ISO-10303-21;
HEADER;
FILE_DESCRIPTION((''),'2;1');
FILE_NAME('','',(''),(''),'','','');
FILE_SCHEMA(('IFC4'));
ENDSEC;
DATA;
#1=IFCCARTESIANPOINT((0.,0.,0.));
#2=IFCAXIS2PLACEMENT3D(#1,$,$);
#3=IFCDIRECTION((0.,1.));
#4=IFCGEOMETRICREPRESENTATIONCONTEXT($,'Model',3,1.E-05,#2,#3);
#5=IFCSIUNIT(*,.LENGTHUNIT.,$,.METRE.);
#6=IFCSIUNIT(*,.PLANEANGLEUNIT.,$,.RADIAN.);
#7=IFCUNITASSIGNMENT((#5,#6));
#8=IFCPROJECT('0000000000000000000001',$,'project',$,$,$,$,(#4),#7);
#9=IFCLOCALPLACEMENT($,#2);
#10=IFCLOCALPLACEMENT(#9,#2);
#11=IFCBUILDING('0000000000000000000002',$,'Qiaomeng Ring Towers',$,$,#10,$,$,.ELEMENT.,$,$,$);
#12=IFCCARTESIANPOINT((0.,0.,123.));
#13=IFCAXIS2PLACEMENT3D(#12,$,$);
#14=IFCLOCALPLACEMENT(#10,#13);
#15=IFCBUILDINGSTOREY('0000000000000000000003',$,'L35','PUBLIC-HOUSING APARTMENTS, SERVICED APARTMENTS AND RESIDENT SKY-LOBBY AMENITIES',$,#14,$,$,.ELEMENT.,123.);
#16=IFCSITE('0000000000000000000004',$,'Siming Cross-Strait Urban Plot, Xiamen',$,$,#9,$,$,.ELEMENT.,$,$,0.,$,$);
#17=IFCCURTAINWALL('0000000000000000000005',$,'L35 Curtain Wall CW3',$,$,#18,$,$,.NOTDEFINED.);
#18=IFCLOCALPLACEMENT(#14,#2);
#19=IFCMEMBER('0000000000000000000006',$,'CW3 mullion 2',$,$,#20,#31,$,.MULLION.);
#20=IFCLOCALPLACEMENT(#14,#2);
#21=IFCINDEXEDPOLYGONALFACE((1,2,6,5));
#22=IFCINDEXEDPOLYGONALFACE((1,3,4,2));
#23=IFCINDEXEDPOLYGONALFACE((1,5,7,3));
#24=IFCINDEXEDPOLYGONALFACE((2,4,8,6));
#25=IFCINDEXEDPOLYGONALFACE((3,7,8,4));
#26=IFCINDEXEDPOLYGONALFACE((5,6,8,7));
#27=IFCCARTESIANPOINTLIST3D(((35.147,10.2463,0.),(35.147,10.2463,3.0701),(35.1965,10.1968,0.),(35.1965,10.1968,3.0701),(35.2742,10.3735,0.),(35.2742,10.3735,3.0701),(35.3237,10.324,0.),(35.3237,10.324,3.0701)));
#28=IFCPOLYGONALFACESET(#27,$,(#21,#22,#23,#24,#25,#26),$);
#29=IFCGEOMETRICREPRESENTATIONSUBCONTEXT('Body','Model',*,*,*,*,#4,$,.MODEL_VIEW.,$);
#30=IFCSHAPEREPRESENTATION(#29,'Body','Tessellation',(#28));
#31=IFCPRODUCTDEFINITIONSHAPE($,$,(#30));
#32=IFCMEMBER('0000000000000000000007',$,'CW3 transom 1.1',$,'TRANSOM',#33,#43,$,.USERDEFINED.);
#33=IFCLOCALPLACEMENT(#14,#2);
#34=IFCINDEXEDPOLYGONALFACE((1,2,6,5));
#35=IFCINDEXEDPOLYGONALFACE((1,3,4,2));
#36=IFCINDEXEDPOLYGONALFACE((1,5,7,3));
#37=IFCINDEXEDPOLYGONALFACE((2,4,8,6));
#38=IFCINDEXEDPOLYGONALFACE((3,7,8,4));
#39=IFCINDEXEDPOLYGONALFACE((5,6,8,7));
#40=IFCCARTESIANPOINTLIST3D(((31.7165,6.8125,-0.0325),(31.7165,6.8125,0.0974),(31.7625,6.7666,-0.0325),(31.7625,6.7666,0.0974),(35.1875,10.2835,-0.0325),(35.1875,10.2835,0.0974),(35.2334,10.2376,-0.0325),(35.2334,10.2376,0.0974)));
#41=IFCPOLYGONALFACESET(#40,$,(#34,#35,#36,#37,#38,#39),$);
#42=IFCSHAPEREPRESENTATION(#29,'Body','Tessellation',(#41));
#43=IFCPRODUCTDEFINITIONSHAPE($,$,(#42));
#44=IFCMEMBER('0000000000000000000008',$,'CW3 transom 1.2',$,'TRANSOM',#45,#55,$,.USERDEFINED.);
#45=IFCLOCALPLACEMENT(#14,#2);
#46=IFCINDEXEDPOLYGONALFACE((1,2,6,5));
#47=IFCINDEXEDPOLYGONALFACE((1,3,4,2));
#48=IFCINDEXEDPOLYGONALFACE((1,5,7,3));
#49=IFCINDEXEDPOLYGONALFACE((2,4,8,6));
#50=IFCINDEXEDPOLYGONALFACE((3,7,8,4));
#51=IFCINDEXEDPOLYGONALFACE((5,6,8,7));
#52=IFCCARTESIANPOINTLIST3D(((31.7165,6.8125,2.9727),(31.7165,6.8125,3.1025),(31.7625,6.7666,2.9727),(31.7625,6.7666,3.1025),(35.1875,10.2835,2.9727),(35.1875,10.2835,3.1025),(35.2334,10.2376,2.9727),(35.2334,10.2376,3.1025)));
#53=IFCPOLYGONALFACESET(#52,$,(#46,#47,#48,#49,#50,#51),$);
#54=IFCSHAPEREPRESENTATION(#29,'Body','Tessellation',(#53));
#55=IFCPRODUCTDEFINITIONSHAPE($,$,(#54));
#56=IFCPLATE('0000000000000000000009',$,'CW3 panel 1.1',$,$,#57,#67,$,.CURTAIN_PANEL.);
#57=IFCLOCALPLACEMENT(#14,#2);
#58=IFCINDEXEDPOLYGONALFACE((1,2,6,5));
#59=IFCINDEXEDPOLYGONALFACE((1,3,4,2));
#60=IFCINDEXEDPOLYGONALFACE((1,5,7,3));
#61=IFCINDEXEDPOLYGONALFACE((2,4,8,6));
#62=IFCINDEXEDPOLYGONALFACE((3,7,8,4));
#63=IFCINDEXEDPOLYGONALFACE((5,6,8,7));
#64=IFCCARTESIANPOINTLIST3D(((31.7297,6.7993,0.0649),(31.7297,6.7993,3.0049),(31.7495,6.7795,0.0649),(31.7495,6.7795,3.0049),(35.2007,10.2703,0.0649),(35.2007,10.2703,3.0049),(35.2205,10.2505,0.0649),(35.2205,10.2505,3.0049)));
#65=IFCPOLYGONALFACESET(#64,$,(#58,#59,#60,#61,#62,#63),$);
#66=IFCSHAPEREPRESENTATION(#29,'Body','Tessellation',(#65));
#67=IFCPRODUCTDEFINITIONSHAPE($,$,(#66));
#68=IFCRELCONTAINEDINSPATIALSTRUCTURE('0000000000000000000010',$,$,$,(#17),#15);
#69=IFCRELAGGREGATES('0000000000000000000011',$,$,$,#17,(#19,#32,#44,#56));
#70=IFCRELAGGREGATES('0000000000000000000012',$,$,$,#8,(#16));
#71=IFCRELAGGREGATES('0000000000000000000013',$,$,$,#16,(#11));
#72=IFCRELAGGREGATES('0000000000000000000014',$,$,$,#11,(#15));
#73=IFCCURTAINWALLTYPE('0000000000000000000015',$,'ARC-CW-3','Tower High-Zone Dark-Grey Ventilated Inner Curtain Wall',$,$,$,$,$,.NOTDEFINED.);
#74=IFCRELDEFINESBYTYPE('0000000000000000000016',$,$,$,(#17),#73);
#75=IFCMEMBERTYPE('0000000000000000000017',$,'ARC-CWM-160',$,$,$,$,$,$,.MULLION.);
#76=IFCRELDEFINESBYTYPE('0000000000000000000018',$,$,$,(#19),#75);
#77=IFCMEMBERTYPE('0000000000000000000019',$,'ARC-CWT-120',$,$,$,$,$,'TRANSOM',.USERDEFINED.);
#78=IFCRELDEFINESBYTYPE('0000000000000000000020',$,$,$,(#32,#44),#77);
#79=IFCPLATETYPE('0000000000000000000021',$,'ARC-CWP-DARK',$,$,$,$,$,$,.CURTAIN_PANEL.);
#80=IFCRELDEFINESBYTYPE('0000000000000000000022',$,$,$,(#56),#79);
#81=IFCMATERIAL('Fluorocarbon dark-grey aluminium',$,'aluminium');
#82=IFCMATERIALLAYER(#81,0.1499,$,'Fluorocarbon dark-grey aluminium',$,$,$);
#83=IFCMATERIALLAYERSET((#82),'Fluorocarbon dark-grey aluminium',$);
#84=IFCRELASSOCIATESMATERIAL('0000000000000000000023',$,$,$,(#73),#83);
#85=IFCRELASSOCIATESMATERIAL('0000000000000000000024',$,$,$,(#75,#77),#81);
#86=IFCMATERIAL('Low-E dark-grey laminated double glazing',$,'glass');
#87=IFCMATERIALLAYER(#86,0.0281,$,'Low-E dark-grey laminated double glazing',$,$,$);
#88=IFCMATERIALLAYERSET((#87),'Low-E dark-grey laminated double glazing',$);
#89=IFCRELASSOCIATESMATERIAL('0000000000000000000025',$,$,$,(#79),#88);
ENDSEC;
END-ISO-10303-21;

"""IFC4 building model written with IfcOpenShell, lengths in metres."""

from ifc_helpers import new_model, si_unit, direction, frame, origin, origin_2d, place, context, subcontext, project, spatial, rectangle, extrude, source, transform, mapped, material, layer, layer_set, material_profile, profile_set, type_object, element, aggregate, save


model = new_model("IFC4")

# Units and contexts
model_context = context("Model", 3, precision=1e-05, world=origin(), true_north=direction((0.0, 1.0)))
body_context = subcontext(model_context, "Body", "Model", "MODEL_VIEW")
ifc_project = project(units=[si_unit("LENGTHUNIT", "METRE"), si_unit("PLANEANGLEUNIT", "RADIAN")], contexts=[model_context])

# Site, building, storey
site_placement = place(None, origin())
site = spatial("IfcSite", under=ifc_project, at=site_placement, Name="Siming Cross-Strait Urban Plot, Xiamen", CompositionType="ELEMENT", RefElevation=0.0)
building_placement = place(site_placement, origin())
building = spatial("IfcBuilding", under=site, at=building_placement, Name="Qiaomeng Ring Towers", CompositionType="ELEMENT")
storey_placement = place(building_placement, frame((0.0, 0.0, 123.0)))
storey = spatial("IfcBuildingStorey", under=building, at=storey_placement, Name="L35", Description="PUBLIC-HOUSING APARTMENTS, SERVICED APARTMENTS AND RESIDENT SKY-LOBBY AMENITIES", CompositionType="ELEMENT", Elevation=123.0)

# Curtain wall, members, plate
ifc_material_1 = material(Name="Fluorocarbon dark-grey aluminium", Category="aluminium")
ifc_layer_1 = layer(ifc_material_1, 0.1499, Name="Fluorocarbon dark-grey aluminium")
ifc_layer_set_1 = layer_set([ifc_layer_1], Name="Fluorocarbon dark-grey aluminium")
curtain_wall_type = type_object("IfcCurtainWallType", Name="ARC-CW-3", Description="Tower High-Zone Dark-Grey Ventilated Inner Curtain Wall", PredefinedType="NOTDEFINED", material=ifc_layer_set_1)
curtain_wall_placement = place(storey_placement, origin())
curtain_wall = element("IfcCurtainWall", 1, at=curtain_wall_placement, inside=storey, type_object=curtain_wall_type, Name="L35 Curtain Wall CW3", PredefinedType="NOTDEFINED")
ifc_material_profile_1 = material_profile(ifc_material_1, rectangle(XDim=0.0701, YDim=0.1799, at=origin_2d()), Name="ALU MULL 70x180")
ifc_profile_set_1 = profile_set([ifc_material_profile_1], Name="Fluorocarbon dark-grey aluminium")
member_type_1 = type_object("IfcMemberType", Name="ARC-CWM-160", PredefinedType="MULLION", material=ifc_profile_set_1)
shared_shape_1 = source(origin(), body_context, "Body", "SweptSolid", [
    extrude(rectangle(XDim=0.0701, YDim=0.1799, at=origin_2d()), origin(), (0.0, 0.0, 1.0), 3.0701),
])
member_1_placement = place(storey_placement, frame((35.2354, 10.2852, 0.0), z_axis=(0.0, 0.0, 1.0), x_axis=(-0.707107, 0.707107, 0.0)))
member_1 = element("IfcMember", 2, at=member_1_placement, type_object=member_type_1, Name="CW3 mullion 2", PredefinedType="MULLION", context=body_context, shape_type="MappedRepresentation", body=[
    mapped(shared_shape_1, transform((0.0, 0.0, 0.0), x_axis=(1.0, 0.0, 0.0), y_axis=(0.0, 1.0, 0.0), z_axis=(0.0, 0.0, 1.0), scale=1.0)),
])
ifc_material_profile_2 = material_profile(ifc_material_1, rectangle(XDim=0.0649, YDim=0.1299, at=origin_2d()), Name="ALU TRAN 65x130")
ifc_profile_set_2 = profile_set([ifc_material_profile_2], Name="Fluorocarbon dark-grey aluminium")
member_type_2 = type_object("IfcMemberType", Name="ARC-CWT-120", ElementType="TRANSOM", PredefinedType="USERDEFINED", material=ifc_profile_set_2)
shared_shape_2 = source(origin(), body_context, "Body", "SweptSolid", [
    extrude(rectangle(XDim=0.0649, YDim=0.1299, at=origin_2d()), origin(), (0.0, 0.0, 1.0), 4.9087),
])
member_2_placement = place(storey_placement, frame((31.7395, 6.7896, 0.0325), z_axis=(0.707107, 0.707107, 0.0), x_axis=(-0.707107, 0.707107, 0.0)))
member_2 = element("IfcMember", 3, at=member_2_placement, type_object=member_type_2, Name="CW3 transom 1.1", ObjectType="TRANSOM", PredefinedType="USERDEFINED", context=body_context, shape_type="MappedRepresentation", body=[
    mapped(shared_shape_2, transform((0.0, 0.0, 0.0), x_axis=(1.0, 0.0, 0.0), y_axis=(0.0, 1.0, 0.0), z_axis=(0.0, 0.0, 1.0), scale=1.0)),
])
member_3_placement = place(storey_placement, frame((31.7395, 6.7896, 3.0376), z_axis=(0.707107, 0.707107, 0.0), x_axis=(-0.707107, 0.707107, 0.0)))
member_3 = element("IfcMember", 4, at=member_3_placement, type_object=member_type_2, Name="CW3 transom 1.2", ObjectType="TRANSOM", PredefinedType="USERDEFINED", context=body_context, shape_type="MappedRepresentation", body=[
    mapped(shared_shape_2, transform((0.0, 0.0, 0.0), x_axis=(1.0, 0.0, 0.0), y_axis=(0.0, 1.0, 0.0), z_axis=(0.0, 0.0, 1.0), scale=1.0)),
])
ifc_material_2 = material(Name="Low-E dark-grey laminated double glazing", Category="glass")
ifc_layer_2 = layer(ifc_material_2, 0.0281, Name="Low-E dark-grey laminated double glazing")
ifc_layer_set_2 = layer_set([ifc_layer_2], Name="Low-E dark-grey laminated double glazing")
plate_type = type_object("IfcPlateType", Name="ARC-CWP-DARK", PredefinedType="CURTAIN_PANEL", material=ifc_layer_set_2)
shared_shape_3 = source(origin(), body_context, "Body", "SweptSolid", [
    extrude(rectangle(XDim=4.9087, YDim=0.0281, at=origin_2d()), origin(), (0.0, 0.0, 1.0), 2.9399),
])
plate_placement = place(storey_placement, frame((33.4751, 8.5249, 0.0649), z_axis=(0.0, 0.0, 1.0), x_axis=(0.707107, 0.707107, 0.0)))
plate = element("IfcPlate", 5, at=plate_placement, type_object=plate_type, Name="CW3 panel 1.1", PredefinedType="CURTAIN_PANEL", context=body_context, shape_type="MappedRepresentation", body=[
    mapped(shared_shape_3, transform((0.0, 0.0, 0.0), x_axis=(1.0, 0.0, 0.0), y_axis=(0.0, 1.0, 0.0), z_axis=(0.0, 0.0, 1.0), scale=1.0)),
])
aggregate(curtain_wall, [member_1, member_2, member_3, plate])

save(model, "model.ifc")
